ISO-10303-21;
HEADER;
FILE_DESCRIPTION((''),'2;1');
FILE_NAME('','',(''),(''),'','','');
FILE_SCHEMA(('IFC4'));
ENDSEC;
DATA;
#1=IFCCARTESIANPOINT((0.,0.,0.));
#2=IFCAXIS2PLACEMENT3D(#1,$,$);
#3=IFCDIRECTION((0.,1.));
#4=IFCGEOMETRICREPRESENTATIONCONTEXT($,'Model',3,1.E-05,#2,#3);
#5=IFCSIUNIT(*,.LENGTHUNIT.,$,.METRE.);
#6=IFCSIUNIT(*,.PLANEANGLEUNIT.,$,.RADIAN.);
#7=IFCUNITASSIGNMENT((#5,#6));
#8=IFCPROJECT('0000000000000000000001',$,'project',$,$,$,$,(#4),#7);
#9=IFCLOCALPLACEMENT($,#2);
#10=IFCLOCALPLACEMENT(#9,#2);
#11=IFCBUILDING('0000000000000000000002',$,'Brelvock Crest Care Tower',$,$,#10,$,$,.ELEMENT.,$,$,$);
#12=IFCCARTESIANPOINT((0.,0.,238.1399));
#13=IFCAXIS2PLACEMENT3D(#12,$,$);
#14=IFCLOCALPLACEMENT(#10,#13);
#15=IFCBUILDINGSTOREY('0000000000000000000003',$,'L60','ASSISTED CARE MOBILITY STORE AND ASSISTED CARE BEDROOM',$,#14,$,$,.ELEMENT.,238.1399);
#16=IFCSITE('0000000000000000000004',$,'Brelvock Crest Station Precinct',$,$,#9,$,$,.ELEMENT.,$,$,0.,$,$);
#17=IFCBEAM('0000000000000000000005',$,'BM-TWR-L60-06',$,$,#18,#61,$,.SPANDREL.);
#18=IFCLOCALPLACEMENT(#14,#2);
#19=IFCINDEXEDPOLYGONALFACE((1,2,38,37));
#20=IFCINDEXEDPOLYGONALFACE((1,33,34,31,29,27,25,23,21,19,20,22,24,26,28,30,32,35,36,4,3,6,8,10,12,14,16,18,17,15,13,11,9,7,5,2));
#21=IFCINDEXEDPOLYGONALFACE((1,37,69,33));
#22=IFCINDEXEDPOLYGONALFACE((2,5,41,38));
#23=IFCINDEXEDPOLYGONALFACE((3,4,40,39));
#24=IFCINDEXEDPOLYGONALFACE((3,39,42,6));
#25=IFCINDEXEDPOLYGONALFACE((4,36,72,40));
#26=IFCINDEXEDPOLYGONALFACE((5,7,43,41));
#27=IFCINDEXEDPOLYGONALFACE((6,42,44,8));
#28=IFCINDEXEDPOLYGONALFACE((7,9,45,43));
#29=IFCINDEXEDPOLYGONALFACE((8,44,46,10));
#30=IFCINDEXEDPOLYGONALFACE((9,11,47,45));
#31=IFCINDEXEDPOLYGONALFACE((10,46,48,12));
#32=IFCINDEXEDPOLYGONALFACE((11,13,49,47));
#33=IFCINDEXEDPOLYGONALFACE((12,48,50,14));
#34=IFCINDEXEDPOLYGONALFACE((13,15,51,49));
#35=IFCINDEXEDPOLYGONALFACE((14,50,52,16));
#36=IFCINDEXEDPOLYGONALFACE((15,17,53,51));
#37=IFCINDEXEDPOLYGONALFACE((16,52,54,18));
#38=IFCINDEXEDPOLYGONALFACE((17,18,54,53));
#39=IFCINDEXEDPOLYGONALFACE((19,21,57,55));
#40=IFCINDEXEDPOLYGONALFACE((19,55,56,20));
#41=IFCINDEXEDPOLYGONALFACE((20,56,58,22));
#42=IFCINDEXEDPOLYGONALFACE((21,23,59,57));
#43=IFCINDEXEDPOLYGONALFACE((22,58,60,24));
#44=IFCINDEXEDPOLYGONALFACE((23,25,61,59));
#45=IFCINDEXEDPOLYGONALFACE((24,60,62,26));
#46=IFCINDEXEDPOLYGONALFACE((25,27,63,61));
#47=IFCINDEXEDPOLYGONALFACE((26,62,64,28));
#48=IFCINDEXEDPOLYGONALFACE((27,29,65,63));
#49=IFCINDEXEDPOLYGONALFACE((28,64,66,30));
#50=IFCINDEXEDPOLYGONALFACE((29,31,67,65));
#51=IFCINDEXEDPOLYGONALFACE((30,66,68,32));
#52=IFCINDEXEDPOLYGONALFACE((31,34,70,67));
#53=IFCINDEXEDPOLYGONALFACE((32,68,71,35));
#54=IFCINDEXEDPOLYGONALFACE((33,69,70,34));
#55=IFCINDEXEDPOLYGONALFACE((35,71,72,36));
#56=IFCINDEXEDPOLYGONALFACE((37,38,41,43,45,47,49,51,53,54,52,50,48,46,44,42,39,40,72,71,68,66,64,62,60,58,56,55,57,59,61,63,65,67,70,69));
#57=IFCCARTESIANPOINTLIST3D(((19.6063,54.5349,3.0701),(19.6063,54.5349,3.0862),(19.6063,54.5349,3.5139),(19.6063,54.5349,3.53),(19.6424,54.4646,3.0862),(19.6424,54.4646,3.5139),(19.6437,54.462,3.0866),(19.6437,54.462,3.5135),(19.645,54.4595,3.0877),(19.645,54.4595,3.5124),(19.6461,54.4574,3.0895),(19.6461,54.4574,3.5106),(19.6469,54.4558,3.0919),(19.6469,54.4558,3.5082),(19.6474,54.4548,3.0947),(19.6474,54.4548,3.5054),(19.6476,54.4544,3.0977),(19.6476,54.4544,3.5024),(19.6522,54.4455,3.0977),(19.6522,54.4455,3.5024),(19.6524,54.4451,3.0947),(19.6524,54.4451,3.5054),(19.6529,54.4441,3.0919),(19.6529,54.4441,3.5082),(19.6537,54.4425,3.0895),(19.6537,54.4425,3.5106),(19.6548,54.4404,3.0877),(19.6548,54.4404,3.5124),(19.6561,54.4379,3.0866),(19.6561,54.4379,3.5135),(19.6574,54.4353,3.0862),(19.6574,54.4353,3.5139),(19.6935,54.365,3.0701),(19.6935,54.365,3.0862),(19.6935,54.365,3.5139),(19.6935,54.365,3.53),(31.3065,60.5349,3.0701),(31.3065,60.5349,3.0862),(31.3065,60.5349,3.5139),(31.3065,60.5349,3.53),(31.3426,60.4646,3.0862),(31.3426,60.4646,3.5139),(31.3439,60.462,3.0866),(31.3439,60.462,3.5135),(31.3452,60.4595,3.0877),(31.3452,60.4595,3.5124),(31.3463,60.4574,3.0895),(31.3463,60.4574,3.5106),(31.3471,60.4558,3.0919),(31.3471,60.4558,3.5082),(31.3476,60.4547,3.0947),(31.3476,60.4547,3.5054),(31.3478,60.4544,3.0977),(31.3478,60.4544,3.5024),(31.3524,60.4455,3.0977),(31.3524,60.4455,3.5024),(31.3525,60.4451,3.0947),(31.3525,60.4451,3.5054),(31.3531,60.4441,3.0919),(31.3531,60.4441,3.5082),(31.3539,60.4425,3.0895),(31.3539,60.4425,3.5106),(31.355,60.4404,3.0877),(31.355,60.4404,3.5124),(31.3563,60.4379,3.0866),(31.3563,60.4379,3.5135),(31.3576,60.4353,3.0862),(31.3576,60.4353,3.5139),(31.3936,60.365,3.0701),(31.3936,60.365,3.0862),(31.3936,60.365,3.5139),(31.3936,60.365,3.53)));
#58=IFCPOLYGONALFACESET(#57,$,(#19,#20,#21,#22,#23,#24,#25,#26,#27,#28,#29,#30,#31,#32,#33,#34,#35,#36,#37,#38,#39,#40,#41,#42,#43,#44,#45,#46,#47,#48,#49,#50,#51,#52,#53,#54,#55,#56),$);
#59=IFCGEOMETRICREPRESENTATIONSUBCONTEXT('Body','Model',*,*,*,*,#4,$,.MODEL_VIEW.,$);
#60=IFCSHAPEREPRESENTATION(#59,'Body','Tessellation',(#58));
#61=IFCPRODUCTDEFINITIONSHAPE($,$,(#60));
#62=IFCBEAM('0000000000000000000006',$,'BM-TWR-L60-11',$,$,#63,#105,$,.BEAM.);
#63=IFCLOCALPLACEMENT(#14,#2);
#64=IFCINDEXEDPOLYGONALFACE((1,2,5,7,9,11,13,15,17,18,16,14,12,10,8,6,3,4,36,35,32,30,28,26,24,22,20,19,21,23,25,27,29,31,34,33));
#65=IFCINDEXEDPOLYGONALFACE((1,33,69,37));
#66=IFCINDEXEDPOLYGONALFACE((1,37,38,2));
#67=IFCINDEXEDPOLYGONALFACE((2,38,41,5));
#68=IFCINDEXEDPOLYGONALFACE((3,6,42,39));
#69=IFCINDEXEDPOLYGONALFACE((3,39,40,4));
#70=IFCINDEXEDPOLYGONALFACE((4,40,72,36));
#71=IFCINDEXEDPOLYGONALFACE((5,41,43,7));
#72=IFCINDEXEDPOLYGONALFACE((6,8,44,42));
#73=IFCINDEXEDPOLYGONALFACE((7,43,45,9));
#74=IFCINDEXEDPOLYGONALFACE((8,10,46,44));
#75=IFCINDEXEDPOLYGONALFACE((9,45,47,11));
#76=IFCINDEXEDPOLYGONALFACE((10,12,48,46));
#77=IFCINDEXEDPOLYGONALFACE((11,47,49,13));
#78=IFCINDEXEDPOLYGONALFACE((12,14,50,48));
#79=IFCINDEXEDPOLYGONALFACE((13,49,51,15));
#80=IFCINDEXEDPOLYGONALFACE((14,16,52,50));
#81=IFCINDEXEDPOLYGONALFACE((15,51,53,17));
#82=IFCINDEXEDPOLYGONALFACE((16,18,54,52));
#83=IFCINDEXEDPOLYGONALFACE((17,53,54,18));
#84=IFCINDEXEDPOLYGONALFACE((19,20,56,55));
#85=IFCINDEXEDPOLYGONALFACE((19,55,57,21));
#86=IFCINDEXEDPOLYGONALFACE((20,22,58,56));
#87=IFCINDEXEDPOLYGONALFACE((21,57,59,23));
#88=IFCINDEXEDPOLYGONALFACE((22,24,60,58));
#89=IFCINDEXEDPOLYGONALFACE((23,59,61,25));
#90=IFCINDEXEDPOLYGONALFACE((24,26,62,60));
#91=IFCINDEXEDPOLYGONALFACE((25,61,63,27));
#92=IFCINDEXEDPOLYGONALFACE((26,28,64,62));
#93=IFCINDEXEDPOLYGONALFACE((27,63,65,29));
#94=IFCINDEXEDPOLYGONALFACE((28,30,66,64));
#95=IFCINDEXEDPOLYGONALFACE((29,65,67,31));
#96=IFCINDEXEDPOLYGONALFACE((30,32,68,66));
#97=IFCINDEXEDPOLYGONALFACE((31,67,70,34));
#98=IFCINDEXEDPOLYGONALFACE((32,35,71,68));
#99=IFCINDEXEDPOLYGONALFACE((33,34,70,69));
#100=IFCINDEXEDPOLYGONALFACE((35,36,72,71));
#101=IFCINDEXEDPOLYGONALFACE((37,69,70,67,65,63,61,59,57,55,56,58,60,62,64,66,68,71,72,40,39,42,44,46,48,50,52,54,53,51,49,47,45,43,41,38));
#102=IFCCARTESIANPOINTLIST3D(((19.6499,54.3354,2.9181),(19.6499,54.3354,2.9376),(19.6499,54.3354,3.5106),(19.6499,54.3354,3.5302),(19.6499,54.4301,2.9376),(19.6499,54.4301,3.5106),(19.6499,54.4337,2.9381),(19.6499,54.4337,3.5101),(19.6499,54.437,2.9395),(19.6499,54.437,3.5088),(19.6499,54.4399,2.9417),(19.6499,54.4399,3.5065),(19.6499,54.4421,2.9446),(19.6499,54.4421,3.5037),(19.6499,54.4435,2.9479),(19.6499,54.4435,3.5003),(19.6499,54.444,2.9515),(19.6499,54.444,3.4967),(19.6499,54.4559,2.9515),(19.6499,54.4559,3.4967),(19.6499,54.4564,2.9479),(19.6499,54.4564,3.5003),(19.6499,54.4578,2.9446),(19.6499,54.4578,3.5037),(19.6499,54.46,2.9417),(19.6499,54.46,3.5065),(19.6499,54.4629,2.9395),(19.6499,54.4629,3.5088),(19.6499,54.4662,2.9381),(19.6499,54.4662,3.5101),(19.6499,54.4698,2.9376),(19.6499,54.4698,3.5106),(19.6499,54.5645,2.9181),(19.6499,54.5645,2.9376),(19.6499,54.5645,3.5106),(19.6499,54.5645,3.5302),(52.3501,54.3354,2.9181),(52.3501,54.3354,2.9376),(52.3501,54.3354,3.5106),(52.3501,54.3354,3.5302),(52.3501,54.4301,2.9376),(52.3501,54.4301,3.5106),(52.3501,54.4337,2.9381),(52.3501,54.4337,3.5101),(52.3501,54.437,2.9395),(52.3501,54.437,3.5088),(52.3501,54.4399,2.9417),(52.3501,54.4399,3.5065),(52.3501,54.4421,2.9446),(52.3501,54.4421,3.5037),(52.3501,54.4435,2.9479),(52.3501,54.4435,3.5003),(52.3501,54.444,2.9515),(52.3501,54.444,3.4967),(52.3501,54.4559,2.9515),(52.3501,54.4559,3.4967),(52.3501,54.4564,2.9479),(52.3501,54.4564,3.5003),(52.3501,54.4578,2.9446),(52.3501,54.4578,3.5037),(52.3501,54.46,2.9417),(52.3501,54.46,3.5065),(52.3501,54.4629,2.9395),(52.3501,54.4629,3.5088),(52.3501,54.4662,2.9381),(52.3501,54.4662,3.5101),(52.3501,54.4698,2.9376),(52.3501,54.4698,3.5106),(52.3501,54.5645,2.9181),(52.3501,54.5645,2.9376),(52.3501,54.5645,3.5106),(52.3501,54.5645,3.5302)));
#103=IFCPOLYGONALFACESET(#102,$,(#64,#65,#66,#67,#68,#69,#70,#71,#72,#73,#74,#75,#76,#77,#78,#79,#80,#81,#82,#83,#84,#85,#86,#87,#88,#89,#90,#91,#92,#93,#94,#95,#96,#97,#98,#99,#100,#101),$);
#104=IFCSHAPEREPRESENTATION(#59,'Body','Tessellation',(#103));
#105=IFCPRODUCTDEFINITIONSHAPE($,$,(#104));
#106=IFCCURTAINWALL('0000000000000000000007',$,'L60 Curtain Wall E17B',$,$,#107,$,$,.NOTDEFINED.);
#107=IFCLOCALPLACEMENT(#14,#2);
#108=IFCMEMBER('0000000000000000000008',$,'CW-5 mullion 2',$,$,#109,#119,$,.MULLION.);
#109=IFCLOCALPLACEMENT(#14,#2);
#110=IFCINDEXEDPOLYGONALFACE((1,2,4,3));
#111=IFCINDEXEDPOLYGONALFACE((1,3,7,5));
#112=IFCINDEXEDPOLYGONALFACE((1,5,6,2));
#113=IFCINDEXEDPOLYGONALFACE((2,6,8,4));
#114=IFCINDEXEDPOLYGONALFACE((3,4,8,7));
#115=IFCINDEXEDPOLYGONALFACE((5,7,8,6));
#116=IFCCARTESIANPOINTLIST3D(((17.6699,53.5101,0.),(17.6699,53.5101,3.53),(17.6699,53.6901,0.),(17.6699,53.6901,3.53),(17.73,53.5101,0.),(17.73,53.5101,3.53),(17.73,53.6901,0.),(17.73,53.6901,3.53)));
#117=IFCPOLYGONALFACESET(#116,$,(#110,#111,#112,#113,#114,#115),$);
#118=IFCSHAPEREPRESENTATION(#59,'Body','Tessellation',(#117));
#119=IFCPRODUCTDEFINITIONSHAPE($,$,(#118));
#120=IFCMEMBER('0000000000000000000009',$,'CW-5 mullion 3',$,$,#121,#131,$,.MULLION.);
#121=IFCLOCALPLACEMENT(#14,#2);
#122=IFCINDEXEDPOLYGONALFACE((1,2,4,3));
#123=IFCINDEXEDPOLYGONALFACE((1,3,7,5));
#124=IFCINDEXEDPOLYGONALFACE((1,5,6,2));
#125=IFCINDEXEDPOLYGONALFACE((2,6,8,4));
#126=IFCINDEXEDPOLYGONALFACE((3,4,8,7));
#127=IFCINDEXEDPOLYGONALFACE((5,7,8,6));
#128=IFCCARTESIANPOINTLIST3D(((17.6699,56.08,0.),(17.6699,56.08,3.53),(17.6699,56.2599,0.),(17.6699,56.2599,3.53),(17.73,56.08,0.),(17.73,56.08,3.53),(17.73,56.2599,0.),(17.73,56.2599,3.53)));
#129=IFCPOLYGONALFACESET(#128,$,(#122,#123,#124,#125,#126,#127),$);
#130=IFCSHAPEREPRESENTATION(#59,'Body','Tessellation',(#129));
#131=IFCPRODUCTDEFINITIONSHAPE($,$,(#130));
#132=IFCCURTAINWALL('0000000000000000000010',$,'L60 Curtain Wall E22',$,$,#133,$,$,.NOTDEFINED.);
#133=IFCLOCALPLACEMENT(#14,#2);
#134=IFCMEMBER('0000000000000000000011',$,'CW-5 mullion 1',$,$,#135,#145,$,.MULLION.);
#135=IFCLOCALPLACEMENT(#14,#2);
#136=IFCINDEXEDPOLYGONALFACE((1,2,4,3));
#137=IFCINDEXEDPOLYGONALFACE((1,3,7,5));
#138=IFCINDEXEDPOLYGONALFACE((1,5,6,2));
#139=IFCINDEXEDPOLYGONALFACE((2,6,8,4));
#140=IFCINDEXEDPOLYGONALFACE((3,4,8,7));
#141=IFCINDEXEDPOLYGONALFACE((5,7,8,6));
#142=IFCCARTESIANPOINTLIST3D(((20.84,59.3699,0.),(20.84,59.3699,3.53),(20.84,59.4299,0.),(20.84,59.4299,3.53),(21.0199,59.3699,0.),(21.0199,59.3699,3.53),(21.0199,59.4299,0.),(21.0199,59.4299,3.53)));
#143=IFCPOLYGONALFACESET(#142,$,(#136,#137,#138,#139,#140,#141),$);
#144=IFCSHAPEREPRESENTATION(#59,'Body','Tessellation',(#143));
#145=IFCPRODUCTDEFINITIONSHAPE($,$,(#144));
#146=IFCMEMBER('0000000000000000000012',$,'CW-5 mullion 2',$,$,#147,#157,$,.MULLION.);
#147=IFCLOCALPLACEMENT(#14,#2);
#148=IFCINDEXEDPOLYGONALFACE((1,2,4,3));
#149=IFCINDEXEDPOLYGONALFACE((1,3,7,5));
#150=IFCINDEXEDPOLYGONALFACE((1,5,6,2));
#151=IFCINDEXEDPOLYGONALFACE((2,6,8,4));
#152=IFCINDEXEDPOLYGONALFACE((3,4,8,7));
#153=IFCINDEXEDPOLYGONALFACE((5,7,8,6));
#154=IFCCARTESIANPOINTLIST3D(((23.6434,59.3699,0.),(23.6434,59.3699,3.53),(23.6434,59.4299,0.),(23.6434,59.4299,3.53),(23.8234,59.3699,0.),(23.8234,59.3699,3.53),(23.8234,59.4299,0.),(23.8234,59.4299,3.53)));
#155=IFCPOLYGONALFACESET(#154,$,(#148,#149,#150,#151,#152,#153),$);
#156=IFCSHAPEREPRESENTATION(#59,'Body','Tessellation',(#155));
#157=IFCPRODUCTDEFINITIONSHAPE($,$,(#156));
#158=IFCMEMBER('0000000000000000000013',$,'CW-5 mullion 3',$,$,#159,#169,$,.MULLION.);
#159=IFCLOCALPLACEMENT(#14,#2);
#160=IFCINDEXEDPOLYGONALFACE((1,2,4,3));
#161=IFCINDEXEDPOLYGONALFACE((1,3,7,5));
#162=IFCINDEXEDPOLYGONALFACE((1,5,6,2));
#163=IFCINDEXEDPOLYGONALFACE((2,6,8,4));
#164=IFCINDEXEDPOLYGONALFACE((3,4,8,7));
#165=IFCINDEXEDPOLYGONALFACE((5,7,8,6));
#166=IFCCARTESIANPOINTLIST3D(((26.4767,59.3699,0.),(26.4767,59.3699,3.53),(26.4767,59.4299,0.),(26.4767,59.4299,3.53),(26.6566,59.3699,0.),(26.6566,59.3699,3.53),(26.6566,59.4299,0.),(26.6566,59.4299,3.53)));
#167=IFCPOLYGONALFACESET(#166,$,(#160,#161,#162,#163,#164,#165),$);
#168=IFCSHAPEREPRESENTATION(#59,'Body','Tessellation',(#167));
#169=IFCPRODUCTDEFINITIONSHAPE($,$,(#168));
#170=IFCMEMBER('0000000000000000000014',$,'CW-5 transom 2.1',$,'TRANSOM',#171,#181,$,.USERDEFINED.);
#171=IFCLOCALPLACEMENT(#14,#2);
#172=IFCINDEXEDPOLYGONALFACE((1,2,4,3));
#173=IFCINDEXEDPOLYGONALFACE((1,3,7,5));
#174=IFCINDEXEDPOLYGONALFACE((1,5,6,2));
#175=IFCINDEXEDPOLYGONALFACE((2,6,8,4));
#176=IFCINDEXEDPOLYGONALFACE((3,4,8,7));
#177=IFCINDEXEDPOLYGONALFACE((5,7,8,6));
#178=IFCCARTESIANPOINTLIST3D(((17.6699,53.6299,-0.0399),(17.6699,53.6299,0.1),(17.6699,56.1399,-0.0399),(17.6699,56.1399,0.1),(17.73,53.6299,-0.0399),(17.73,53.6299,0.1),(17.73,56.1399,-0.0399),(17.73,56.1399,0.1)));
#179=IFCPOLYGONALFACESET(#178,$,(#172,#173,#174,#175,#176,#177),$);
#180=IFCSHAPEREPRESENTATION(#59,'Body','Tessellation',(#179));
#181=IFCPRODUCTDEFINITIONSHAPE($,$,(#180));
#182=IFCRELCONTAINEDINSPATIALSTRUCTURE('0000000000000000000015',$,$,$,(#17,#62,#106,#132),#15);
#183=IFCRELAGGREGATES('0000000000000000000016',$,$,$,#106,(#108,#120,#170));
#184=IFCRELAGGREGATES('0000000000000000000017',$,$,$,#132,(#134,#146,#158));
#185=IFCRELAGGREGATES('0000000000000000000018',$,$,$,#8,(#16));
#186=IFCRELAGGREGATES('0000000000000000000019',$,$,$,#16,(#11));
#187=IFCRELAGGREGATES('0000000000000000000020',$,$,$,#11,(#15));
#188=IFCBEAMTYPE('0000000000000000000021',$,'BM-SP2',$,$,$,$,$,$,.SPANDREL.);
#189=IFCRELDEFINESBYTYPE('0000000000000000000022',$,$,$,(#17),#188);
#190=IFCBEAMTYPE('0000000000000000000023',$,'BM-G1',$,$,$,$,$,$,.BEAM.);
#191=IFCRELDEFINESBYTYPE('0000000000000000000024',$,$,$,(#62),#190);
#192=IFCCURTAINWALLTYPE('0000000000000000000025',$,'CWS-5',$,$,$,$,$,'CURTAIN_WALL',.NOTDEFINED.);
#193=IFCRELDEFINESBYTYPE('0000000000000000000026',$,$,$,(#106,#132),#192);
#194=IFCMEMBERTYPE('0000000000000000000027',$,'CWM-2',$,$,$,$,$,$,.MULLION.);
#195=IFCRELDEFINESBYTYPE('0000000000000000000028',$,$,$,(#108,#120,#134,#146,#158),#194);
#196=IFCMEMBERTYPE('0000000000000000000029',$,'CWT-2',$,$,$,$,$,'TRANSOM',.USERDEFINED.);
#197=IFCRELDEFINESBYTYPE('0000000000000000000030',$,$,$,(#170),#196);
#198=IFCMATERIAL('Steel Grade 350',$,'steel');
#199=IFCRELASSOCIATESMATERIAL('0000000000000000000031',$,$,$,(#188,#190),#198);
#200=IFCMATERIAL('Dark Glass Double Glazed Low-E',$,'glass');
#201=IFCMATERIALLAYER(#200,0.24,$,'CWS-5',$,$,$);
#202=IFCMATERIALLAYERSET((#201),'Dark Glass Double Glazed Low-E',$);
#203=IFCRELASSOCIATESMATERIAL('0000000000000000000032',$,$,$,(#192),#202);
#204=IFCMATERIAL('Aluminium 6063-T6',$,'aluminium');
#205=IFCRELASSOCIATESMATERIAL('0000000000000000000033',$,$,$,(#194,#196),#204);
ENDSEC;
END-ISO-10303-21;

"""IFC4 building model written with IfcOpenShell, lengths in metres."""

from ifc_helpers import new_model, si_unit, direction, frame, origin, origin_2d, place, context, subcontext, project, spatial, rectangle, i_section, extrude, source, transform, mapped, material, layer, layer_set, material_profile, profile_set, type_object, element, aggregate, save


model = new_model("IFC4")

# Units and contexts
model_context = context("Model", 3, precision=1e-05, world=origin(), true_north=direction((0.0, 1.0)))
body_context = subcontext(model_context, "Body", "Model", "MODEL_VIEW")
ifc_project = project(units=[si_unit("LENGTHUNIT", "METRE"), si_unit("PLANEANGLEUNIT", "RADIAN")], contexts=[model_context])

# Site, building, storey
site_placement = place(None, origin())
site = spatial("IfcSite", under=ifc_project, at=site_placement, Name="Brelvock Crest Station Precinct", CompositionType="ELEMENT", RefElevation=0.0)
building_placement = place(site_placement, origin())
building = spatial("IfcBuilding", under=site, at=building_placement, Name="Brelvock Crest Care Tower", CompositionType="ELEMENT")
storey_placement = place(building_placement, frame((0.0, 0.0, 238.1399)))
storey = spatial("IfcBuildingStorey", under=building, at=storey_placement, Name="L60", Description="ASSISTED CARE MOBILITY STORE AND ASSISTED CARE BEDROOM", CompositionType="ELEMENT", Elevation=238.1399)

# Shared definitions
ifc_material_1 = material(Name="Steel Grade 350", Category="steel")

# Beams
ifc_material_profile_1 = material_profile(ifc_material_1, i_section(OverallWidth=0.1909, OverallDepth=0.46, WebThickness=0.01, FlangeThickness=0.0161, FilletRadius=0.0115, at=origin_2d()), Name="460UB82.1")
ifc_profile_set_1 = profile_set([ifc_material_profile_1], Name="Steel Grade 350")
beam_type_1 = type_object("IfcBeamType", Name="BM-SP2", PredefinedType="SPANDREL", material=ifc_profile_set_1)
shared_shape_1 = source(origin(), body_context, "Body", "SweptSolid", [
    extrude(i_section(OverallWidth=0.1909, OverallDepth=0.46, WebThickness=0.01, FlangeThickness=0.0161, FilletRadius=0.0115, at=origin_2d()), origin(), (0.0, 0.0, 1.0), 13.1489),
])
beam_1_placement = place(storey_placement, frame((19.6499, 54.45, 3.3), z_axis=(0.889821, 0.456311, 0.0), x_axis=(-0.456311, 0.889821, 0.0)))
element("IfcBeam", 1, at=beam_1_placement, inside=storey, type_object=beam_type_1, Name="BM-TWR-L60-06", PredefinedType="SPANDREL", context=body_context, shape_type="MappedRepresentation", body=[
    mapped(shared_shape_1, transform((0.0, 0.0, 0.0), x_axis=(1.0, 0.0, 0.0), y_axis=(0.0, 1.0, 0.0), z_axis=(0.0, 0.0, 1.0), scale=1.0)),
])
ifc_material_profile_2 = material_profile(ifc_material_1, i_section(OverallWidth=0.229, OverallDepth=0.6121, WebThickness=0.012, FlangeThickness=0.0195, FilletRadius=0.0139, at=origin_2d()), Name="610UB125")
ifc_profile_set_2 = profile_set([ifc_material_profile_2], Name="Steel Grade 350")
beam_type_2 = type_object("IfcBeamType", Name="BM-G1", PredefinedType="BEAM", material=ifc_profile_set_2)
shared_shape_2 = source(origin(), body_context, "Body", "SweptSolid", [
    extrude(i_section(OverallWidth=0.229, OverallDepth=0.6121, WebThickness=0.012, FlangeThickness=0.0195, FilletRadius=0.0139, at=origin_2d()), origin(), (0.0, 0.0, 1.0), 32.7002),
])
beam_2_placement = place(storey_placement, frame((19.6499, 54.45, 3.2241), z_axis=(1.0, 0.0, 0.0), x_axis=(0.0, 1.0, 0.0)))
element("IfcBeam", 2, at=beam_2_placement, inside=storey, type_object=beam_type_2, Name="BM-TWR-L60-11", PredefinedType="BEAM", context=body_context, shape_type="MappedRepresentation", body=[
    mapped(shared_shape_2, transform((0.0, 0.0, 0.0), x_axis=(1.0, 0.0, 0.0), y_axis=(0.0, 1.0, 0.0), z_axis=(0.0, 0.0, 1.0), scale=1.0)),
])

# Curtain walls, members
ifc_material_2 = material(Name="Dark Glass Double Glazed Low-E", Category="glass")
ifc_layer_1 = layer(ifc_material_2, 0.24, Name="CWS-5")
ifc_layer_set_1 = layer_set([ifc_layer_1], Name="Dark Glass Double Glazed Low-E")
curtain_wall_type = type_object("IfcCurtainWallType", Name="CWS-5", ElementType="CURTAIN_WALL", PredefinedType="NOTDEFINED", material=ifc_layer_set_1)
curtain_wall_1_placement = place(storey_placement, origin())
curtain_wall_1 = element("IfcCurtainWall", 3, at=curtain_wall_1_placement, inside=storey, type_object=curtain_wall_type, Name="L60 Curtain Wall E17B", PredefinedType="NOTDEFINED")
ifc_material_3 = material(Name="Aluminium 6063-T6", Category="aluminium")
ifc_material_profile_3 = material_profile(ifc_material_3, rectangle(XDim=0.0601, YDim=0.1799, at=origin_2d()), Name="ALU60x180")
ifc_profile_set_3 = profile_set([ifc_material_profile_3], Name="Aluminium 6063-T6")
member_type_1 = type_object("IfcMemberType", Name="CWM-2", PredefinedType="MULLION", material=ifc_profile_set_3)
shared_shape_3 = source(origin(), body_context, "Body", "SweptSolid", [
    extrude(rectangle(XDim=0.0601, YDim=0.1799, at=origin_2d()), origin(), (0.0, 0.0, 1.0), 3.53),
])
member_1_placement = place(storey_placement, frame((17.7, 53.6001, 0.0), z_axis=(0.0, 0.0, 1.0), x_axis=(-1.0, 0.0, 0.0)))
member_1 = element("IfcMember", 4, at=member_1_placement, type_object=member_type_1, Name="CW-5 mullion 2", PredefinedType="MULLION", context=body_context, shape_type="MappedRepresentation", body=[
    mapped(shared_shape_3, transform((0.0, 0.0, 0.0), x_axis=(1.0, 0.0, 0.0), y_axis=(0.0, 1.0, 0.0), z_axis=(0.0, 0.0, 1.0), scale=1.0)),
])
member_2_placement = place(storey_placement, frame((17.7, 56.1699, 0.0), z_axis=(0.0, 0.0, 1.0), x_axis=(-1.0, 0.0, 0.0)))
member_2 = element("IfcMember", 5, at=member_2_placement, type_object=member_type_1, Name="CW-5 mullion 3", PredefinedType="MULLION", context=body_context, shape_type="MappedRepresentation", body=[
    mapped(shared_shape_3, transform((0.0, 0.0, 0.0), x_axis=(1.0, 0.0, 0.0), y_axis=(0.0, 1.0, 0.0), z_axis=(0.0, 0.0, 1.0), scale=1.0)),
])
curtain_wall_2_placement = place(storey_placement, origin())
curtain_wall_2 = element("IfcCurtainWall", 6, at=curtain_wall_2_placement, inside=storey, type_object=curtain_wall_type, Name="L60 Curtain Wall E22", PredefinedType="NOTDEFINED")
member_3_placement = place(storey_placement, frame((20.9299, 59.3999, 0.0), z_axis=(0.0, 0.0, 1.0), x_axis=(0.0, 1.0, 0.0)))
member_3 = element("IfcMember", 7, at=member_3_placement, type_object=member_type_1, Name="CW-5 mullion 1", PredefinedType="MULLION", context=body_context, shape_type="MappedRepresentation", body=[
    mapped(shared_shape_3, transform((0.0, 0.0, 0.0), x_axis=(1.0, 0.0, 0.0), y_axis=(0.0, 1.0, 0.0), z_axis=(0.0, 0.0, 1.0), scale=1.0)),
])
member_4_placement = place(storey_placement, frame((23.7334, 59.3999, 0.0), z_axis=(0.0, 0.0, 1.0), x_axis=(0.0, 1.0, 0.0)))
member_4 = element("IfcMember", 8, at=member_4_placement, type_object=member_type_1, Name="CW-5 mullion 2", PredefinedType="MULLION", context=body_context, shape_type="MappedRepresentation", body=[
    mapped(shared_shape_3, transform((0.0, 0.0, 0.0), x_axis=(1.0, 0.0, 0.0), y_axis=(0.0, 1.0, 0.0), z_axis=(0.0, 0.0, 1.0), scale=1.0)),
])
member_5_placement = place(storey_placement, frame((26.5667, 59.3999, 0.0), z_axis=(0.0, 0.0, 1.0), x_axis=(0.0, 1.0, 0.0)))
member_5 = element("IfcMember", 9, at=member_5_placement, type_object=member_type_1, Name="CW-5 mullion 3", PredefinedType="MULLION", context=body_context, shape_type="MappedRepresentation", body=[
    mapped(shared_shape_3, transform((0.0, 0.0, 0.0), x_axis=(1.0, 0.0, 0.0), y_axis=(0.0, 1.0, 0.0), z_axis=(0.0, 0.0, 1.0), scale=1.0)),
])

# Member
ifc_material_profile_4 = material_profile(ifc_material_3, rectangle(XDim=0.0601, YDim=0.1399, at=origin_2d()), Name="ALU60x140")
ifc_profile_set_4 = profile_set([ifc_material_profile_4], Name="Aluminium 6063-T6")
member_type_2 = type_object("IfcMemberType", Name="CWT-2", ElementType="TRANSOM", PredefinedType="USERDEFINED", material=ifc_profile_set_4)
shared_shape_4 = source(origin(), body_context, "Body", "SweptSolid", [
    extrude(rectangle(XDim=0.0601, YDim=0.1399, at=origin_2d()), origin(), (0.0, 0.0, 1.0), 2.51),
])
member_6_placement = place(storey_placement, frame((17.7, 53.6299, 0.03), z_axis=(0.0, 1.0, 0.0), x_axis=(-1.0, 0.0, 0.0)))
member_6 = element("IfcMember", 10, at=member_6_placement, type_object=member_type_2, Name="CW-5 transom 2.1", ObjectType="TRANSOM", PredefinedType="USERDEFINED", context=body_context, shape_type="MappedRepresentation", body=[
    mapped(shared_shape_4, transform((0.0, 0.0, 0.0), x_axis=(1.0, 0.0, 0.0), y_axis=(0.0, 1.0, 0.0), z_axis=(0.0, 0.0, 1.0), scale=1.0)),
])

aggregate(curtain_wall_1, [member_1, member_2, member_6])
aggregate(curtain_wall_2, [member_3, member_4, member_5])

save(model, "model.ifc")
